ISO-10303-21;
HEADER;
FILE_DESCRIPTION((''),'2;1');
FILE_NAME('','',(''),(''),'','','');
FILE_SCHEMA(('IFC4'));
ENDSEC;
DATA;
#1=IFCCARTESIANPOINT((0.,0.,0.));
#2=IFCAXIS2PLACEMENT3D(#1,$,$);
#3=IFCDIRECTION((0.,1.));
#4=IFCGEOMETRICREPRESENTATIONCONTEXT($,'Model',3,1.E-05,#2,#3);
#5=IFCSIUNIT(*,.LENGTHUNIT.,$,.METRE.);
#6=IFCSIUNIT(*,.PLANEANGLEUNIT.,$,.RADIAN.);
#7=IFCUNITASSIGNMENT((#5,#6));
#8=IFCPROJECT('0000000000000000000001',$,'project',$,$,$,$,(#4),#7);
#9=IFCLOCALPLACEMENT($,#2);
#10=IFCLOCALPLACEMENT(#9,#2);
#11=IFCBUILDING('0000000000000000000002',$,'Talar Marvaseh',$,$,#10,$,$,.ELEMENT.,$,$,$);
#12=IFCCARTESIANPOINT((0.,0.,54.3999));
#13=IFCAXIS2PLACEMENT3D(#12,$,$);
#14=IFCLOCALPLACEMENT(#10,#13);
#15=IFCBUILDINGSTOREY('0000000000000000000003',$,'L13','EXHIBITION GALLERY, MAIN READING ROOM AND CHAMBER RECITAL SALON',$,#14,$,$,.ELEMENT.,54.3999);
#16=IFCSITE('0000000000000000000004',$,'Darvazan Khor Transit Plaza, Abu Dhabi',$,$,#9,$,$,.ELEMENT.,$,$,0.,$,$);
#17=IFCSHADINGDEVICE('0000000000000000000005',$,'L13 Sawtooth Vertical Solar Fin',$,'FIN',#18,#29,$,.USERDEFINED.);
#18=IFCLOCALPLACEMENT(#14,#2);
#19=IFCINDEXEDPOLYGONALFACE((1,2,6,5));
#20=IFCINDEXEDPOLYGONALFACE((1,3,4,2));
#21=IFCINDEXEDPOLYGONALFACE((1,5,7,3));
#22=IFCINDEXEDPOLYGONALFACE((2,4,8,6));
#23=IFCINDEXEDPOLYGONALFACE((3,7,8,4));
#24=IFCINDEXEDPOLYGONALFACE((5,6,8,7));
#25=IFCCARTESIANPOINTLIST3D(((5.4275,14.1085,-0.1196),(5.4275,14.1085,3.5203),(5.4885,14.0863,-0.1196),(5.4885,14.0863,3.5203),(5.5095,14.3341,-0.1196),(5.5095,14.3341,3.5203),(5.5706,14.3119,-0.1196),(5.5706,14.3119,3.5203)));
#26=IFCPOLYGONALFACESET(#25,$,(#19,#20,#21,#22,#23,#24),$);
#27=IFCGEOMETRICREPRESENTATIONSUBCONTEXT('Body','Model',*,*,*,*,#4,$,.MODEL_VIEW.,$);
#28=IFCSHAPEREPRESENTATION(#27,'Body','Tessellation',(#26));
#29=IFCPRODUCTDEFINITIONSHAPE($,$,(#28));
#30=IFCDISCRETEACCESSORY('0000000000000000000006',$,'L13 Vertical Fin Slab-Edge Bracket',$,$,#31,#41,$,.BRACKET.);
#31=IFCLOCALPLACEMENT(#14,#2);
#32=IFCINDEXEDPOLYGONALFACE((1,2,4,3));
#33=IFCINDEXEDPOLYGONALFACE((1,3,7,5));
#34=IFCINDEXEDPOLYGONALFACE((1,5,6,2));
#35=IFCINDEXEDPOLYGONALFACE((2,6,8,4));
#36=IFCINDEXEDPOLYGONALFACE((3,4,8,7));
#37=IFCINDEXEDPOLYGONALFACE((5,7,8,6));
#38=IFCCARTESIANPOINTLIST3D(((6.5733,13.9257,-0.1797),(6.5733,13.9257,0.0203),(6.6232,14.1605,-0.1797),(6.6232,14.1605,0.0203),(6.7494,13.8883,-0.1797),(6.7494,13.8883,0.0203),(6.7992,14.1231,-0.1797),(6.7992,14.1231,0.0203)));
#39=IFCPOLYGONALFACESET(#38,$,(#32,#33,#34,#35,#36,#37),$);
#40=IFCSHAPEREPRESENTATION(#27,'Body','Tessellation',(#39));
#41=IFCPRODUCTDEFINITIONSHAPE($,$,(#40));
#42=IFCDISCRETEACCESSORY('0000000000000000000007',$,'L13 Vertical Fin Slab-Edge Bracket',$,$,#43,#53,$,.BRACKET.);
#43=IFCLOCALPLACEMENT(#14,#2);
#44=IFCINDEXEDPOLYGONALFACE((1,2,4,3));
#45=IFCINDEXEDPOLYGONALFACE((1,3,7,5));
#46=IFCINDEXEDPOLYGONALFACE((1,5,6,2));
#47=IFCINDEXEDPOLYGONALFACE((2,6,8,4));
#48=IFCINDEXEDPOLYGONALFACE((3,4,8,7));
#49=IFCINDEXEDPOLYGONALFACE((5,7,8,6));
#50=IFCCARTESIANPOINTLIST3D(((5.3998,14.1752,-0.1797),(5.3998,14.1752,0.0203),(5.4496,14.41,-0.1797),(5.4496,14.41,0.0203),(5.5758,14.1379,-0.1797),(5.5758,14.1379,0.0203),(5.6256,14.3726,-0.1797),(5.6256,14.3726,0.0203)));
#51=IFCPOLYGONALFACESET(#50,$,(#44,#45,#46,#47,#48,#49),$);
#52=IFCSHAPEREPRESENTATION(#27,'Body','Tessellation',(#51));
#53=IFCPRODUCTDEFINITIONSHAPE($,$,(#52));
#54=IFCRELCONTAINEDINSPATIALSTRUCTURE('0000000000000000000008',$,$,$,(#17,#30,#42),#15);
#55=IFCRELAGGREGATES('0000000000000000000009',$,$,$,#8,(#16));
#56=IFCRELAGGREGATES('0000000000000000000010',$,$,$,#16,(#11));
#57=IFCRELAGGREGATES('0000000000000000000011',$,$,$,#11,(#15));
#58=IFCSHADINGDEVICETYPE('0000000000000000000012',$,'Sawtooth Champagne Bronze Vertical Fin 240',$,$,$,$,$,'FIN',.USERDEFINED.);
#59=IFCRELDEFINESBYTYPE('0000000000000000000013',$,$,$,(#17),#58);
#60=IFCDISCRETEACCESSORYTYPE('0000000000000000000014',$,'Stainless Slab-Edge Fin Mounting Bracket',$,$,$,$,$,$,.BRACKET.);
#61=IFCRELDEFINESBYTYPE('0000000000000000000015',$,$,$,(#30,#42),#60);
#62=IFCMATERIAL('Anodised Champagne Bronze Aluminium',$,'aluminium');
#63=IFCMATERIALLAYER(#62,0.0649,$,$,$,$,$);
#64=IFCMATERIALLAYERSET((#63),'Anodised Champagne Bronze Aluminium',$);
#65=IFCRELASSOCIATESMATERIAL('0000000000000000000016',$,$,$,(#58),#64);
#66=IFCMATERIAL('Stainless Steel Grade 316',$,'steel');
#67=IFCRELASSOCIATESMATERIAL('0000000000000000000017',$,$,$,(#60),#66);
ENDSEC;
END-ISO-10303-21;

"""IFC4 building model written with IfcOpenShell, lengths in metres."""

from ifc_helpers import new_model, si_unit, direction, frame, origin, origin_2d, place, context, subcontext, project, spatial, rectangle, extrude, source, transform, mapped, material, layer, layer_set, type_object, type_shapes, element, save


model = new_model("IFC4")

# Units and contexts
model_context = context("Model", 3, precision=1e-05, world=origin(), true_north=direction((0.0, 1.0)))
body_context = subcontext(model_context, "Body", "Model", "MODEL_VIEW")
ifc_project = project(units=[si_unit("LENGTHUNIT", "METRE"), si_unit("PLANEANGLEUNIT", "RADIAN")], contexts=[model_context])

# Site, building, storey
site_placement = place(None, origin())
site = spatial("IfcSite", under=ifc_project, at=site_placement, Name="Darvazan Khor Transit Plaza, Abu Dhabi", CompositionType="ELEMENT", RefElevation=0.0)
building_placement = place(site_placement, origin())
building = spatial("IfcBuilding", under=site, at=building_placement, Name="Talar Marvaseh", CompositionType="ELEMENT")
storey_placement = place(building_placement, frame((0.0, 0.0, 54.3999)))
storey = spatial("IfcBuildingStorey", under=building, at=storey_placement, Name="L13", Description="EXHIBITION GALLERY, MAIN READING ROOM AND CHAMBER RECITAL SALON", CompositionType="ELEMENT", Elevation=54.3999)

# Shading device
ifc_material_1 = material(Name="Anodised Champagne Bronze Aluminium", Category="aluminium")
ifc_layer_1 = layer(ifc_material_1, 0.0649)
ifc_layer_set_1 = layer_set([ifc_layer_1], Name="Anodised Champagne Bronze Aluminium")
shading_device_type = type_object("IfcShadingDeviceType", Name="Sawtooth Champagne Bronze Vertical Fin 240", ElementType="FIN", PredefinedType="USERDEFINED", material=ifc_layer_set_1)
shared_shape_1 = source(origin(), body_context, "Body", "SweptSolid", [
    extrude(rectangle(XDim=0.24, YDim=0.0649, at=origin_2d()), origin(), (0.0, 0.0, 1.0), 3.6399),
])
type_shapes(shading_device_type, [shared_shape_1])
for number, where, z_axis, x_axis, name in (
    (1, (5.499, 14.2102, -0.1196), (0.0, 0.0, 1.0), (-0.341856, -0.939752, 0.0), "L13 Sawtooth Vertical Solar Fin"),
):
    element("IfcShadingDevice", number, at=place(storey_placement, frame(where, z_axis=z_axis, x_axis=x_axis)), inside=storey, type_object=shading_device_type, Name=name, ObjectType="FIN", PredefinedType="USERDEFINED", context=body_context, shape_type="MappedRepresentation", body=[
        mapped(shared_shape_1, transform((0.0, 0.0, 0.0), x_axis=(1.0, 0.0, 0.0), y_axis=(0.0, 1.0, 0.0), z_axis=(0.0, 0.0, 1.0), scale=1.0)),
    ])

# Discrete accessories
ifc_material_2 = material(Name="Stainless Steel Grade 316", Category="steel")
discrete_accessory_type = type_object("IfcDiscreteAccessoryType", Name="Stainless Slab-Edge Fin Mounting Bracket", PredefinedType="BRACKET", material=ifc_material_2)
shared_shape_2 = source(origin(), body_context, "Body", "SweptSolid", [
    extrude(rectangle(XDim=0.24, YDim=0.1799, at=origin_2d()), origin(), (0.0, 0.0, 1.0), 0.2),
])
type_shapes(discrete_accessory_type, [shared_shape_2])
for number, where, z_axis, x_axis, name in (
    (2, (6.6863, 14.0244, -0.1797), (0.0, 0.0, 1.0), (-0.207741, -0.978184, 0.0), "L13 Vertical Fin Slab-Edge Bracket"),
    (3, (5.5127, 14.2739, -0.1797), (0.0, 0.0, 1.0), (-0.207741, -0.978184, 0.0), "L13 Vertical Fin Slab-Edge Bracket"),
):
    element("IfcDiscreteAccessory", number, at=place(storey_placement, frame(where, z_axis=z_axis, x_axis=x_axis)), inside=storey, type_object=discrete_accessory_type, Name=name, PredefinedType="BRACKET", context=body_context, shape_type="MappedRepresentation", body=[
        mapped(shared_shape_2, transform((0.0, 0.0, 0.0), x_axis=(1.0, 0.0, 0.0), y_axis=(0.0, 1.0, 0.0), z_axis=(0.0, 0.0, 1.0), scale=1.0)),
    ])

save(model, "model.ifc")
